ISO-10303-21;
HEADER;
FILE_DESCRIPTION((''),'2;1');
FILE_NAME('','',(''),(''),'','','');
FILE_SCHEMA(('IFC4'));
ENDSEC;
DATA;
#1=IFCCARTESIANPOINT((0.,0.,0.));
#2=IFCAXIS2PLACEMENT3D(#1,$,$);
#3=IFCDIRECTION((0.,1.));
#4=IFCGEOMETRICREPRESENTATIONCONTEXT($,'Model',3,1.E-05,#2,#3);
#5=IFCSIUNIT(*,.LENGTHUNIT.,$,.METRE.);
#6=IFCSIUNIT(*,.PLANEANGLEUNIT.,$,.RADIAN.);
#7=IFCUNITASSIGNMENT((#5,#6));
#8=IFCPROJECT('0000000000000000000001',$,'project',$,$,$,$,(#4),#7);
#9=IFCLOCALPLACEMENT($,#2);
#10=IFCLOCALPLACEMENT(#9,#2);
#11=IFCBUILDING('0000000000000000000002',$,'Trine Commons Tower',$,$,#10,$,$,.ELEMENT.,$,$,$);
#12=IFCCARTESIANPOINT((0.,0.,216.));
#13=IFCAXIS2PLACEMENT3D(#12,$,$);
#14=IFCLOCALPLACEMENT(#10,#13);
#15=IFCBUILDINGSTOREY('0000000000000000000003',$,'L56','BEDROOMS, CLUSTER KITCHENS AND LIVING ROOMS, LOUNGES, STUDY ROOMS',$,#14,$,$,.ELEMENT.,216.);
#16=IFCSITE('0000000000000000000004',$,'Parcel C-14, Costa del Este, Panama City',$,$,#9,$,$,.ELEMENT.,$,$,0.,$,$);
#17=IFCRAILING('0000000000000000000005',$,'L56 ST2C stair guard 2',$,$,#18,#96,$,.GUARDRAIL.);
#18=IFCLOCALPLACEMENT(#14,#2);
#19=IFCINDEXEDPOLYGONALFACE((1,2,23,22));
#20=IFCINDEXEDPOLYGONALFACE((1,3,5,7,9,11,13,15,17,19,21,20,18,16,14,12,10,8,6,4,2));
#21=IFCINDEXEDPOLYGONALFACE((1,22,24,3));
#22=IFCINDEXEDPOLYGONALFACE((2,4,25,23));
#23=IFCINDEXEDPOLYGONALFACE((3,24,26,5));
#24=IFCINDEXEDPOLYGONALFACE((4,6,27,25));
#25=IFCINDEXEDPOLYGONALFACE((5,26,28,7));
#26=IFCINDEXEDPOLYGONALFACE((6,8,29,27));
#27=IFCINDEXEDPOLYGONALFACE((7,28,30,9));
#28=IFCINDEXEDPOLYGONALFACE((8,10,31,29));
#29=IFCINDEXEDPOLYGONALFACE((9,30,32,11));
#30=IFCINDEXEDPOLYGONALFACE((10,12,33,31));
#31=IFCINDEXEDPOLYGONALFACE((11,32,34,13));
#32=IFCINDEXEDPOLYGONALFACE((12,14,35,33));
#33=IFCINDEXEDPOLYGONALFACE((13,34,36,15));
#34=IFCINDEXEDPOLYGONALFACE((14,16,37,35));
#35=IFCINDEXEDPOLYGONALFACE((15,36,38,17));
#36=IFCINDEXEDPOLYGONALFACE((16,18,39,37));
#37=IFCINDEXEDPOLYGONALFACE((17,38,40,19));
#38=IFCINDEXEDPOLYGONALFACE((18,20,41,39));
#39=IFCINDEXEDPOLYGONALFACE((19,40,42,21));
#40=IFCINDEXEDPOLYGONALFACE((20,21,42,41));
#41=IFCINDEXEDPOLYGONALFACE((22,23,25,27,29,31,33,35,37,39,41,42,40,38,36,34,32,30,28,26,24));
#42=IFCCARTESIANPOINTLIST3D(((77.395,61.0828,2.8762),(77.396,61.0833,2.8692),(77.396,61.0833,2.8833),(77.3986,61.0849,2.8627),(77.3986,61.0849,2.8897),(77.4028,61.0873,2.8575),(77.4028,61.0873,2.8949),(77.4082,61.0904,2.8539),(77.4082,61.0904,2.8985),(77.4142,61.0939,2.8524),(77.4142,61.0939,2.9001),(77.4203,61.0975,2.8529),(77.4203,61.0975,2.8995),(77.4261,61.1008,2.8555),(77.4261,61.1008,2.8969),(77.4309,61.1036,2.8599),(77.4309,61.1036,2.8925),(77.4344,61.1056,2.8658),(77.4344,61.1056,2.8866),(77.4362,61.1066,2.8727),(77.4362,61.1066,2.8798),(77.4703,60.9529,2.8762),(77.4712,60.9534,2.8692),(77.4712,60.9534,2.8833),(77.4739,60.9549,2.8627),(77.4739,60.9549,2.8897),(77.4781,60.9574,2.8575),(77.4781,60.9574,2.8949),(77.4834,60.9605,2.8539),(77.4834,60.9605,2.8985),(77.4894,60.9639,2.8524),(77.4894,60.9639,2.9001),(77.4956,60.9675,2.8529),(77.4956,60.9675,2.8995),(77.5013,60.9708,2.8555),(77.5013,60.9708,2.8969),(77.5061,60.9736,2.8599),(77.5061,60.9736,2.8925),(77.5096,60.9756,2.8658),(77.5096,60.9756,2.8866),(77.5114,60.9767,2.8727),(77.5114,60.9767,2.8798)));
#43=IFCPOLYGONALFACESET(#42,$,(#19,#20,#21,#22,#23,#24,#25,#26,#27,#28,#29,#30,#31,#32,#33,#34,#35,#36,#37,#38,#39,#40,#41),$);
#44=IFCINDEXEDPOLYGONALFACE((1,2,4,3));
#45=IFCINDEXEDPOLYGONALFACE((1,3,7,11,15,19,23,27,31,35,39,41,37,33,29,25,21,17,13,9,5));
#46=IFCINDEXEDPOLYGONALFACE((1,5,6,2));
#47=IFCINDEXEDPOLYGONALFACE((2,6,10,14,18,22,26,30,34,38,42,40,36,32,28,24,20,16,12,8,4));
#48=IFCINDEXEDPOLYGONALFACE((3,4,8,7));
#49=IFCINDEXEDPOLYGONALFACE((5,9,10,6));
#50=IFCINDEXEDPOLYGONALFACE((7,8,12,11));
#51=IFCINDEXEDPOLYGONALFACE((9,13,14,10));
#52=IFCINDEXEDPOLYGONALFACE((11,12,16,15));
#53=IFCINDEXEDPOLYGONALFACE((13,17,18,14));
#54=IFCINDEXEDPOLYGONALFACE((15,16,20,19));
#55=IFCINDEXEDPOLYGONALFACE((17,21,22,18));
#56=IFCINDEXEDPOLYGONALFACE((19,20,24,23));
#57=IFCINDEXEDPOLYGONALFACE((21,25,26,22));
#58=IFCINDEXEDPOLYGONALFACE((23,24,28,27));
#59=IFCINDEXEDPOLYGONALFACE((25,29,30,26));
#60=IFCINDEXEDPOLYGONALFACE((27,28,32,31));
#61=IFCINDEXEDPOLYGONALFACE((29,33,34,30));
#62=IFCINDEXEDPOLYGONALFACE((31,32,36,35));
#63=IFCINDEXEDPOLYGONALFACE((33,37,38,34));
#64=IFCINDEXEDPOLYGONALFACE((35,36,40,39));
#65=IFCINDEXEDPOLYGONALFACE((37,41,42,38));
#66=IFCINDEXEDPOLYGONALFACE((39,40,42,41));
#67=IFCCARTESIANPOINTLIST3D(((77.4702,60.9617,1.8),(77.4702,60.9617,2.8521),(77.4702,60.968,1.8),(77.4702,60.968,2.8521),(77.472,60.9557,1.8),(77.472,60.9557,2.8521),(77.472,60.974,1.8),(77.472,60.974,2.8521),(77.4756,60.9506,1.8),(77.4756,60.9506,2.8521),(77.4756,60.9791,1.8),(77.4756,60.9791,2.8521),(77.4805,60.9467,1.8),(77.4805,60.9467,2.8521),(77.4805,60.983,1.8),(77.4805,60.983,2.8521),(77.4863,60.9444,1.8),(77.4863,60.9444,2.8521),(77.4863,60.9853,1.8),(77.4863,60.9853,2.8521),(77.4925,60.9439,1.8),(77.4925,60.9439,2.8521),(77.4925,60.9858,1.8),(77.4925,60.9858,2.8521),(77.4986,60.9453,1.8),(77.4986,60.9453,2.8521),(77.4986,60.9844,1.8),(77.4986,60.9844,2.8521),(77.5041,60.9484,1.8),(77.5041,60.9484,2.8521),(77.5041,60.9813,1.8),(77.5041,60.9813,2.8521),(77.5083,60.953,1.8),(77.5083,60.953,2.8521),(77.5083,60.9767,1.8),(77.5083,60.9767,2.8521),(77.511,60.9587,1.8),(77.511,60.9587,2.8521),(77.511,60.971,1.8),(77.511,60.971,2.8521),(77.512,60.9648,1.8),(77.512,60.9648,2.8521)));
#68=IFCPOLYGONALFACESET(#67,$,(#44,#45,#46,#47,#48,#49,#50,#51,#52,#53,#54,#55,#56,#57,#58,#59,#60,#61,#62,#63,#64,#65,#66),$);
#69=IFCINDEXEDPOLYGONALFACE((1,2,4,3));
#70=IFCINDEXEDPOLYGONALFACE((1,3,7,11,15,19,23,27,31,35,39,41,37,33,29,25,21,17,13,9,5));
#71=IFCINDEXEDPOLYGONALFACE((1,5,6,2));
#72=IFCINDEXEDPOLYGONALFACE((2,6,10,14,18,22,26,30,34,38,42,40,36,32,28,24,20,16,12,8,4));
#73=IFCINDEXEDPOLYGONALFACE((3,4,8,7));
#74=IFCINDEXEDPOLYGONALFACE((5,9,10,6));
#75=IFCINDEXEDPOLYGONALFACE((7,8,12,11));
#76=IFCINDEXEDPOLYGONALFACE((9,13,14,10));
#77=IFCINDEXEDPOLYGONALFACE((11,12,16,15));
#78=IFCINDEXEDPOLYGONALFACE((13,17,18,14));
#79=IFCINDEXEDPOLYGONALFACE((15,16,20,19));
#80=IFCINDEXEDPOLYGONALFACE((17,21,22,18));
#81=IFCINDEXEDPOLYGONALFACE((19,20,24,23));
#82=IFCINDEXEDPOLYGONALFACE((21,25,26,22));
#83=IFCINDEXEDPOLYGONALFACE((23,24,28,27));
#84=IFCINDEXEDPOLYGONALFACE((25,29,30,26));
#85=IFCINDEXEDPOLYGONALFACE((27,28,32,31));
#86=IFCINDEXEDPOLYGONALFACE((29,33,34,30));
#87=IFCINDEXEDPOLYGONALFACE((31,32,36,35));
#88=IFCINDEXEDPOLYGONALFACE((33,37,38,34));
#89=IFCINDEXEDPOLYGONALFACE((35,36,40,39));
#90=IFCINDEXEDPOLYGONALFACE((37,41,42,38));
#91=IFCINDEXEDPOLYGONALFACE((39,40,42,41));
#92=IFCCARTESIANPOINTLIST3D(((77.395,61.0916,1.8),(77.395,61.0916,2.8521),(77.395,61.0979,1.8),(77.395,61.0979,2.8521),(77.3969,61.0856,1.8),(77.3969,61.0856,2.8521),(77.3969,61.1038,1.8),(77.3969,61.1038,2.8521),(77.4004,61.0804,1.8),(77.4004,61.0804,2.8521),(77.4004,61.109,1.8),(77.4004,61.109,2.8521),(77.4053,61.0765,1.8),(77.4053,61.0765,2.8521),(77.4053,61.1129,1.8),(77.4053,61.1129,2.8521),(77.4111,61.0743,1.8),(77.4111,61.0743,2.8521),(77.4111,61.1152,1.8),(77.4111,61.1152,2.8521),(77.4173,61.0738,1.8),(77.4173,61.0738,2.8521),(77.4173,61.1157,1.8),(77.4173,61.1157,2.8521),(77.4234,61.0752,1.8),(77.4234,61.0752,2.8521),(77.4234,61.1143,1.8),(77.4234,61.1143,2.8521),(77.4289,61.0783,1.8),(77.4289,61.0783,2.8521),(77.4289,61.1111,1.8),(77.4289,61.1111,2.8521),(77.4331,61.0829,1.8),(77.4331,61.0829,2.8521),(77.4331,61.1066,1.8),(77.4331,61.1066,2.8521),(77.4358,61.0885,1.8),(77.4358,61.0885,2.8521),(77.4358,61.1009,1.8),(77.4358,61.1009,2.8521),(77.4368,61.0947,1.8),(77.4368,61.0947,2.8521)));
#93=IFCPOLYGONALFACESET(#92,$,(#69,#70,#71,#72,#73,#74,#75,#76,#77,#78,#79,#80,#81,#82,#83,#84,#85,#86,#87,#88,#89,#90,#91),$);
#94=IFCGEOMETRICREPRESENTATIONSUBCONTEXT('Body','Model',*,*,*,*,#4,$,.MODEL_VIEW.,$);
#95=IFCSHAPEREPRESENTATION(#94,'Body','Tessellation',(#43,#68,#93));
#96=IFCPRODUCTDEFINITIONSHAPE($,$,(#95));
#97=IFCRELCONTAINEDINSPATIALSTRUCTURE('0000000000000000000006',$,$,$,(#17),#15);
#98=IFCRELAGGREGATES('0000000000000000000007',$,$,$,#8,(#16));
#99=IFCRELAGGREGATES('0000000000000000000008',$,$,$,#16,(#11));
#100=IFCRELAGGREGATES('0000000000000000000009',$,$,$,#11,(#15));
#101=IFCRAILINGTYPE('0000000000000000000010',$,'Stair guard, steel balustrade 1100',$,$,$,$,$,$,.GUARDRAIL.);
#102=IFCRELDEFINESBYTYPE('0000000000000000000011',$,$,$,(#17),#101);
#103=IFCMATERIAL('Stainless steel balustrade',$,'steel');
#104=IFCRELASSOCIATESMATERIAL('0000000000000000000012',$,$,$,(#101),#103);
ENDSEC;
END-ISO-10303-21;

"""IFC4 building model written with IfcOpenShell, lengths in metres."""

from ifc_helpers import new_model, si_unit, direction, frame, origin, origin_2d, place, context, subcontext, project, spatial, circle, extrude, material, type_object, element, save


model = new_model("IFC4")

# Units and contexts
model_context = context("Model", 3, precision=1e-05, world=origin(), true_north=direction((0.0, 1.0)))
body_context = subcontext(model_context, "Body", "Model", "MODEL_VIEW")
ifc_project = project(units=[si_unit("LENGTHUNIT", "METRE"), si_unit("PLANEANGLEUNIT", "RADIAN")], contexts=[model_context])

# Site, building, storey
site_placement = place(None, origin())
site = spatial("IfcSite", under=ifc_project, at=site_placement, Name="Parcel C-14, Costa del Este, Panama City", CompositionType="ELEMENT", RefElevation=0.0)
building_placement = place(site_placement, origin())
building = spatial("IfcBuilding", under=site, at=building_placement, Name="Trine Commons Tower", CompositionType="ELEMENT")
storey_placement = place(building_placement, frame((0.0, 0.0, 216.0)))
storey = spatial("IfcBuildingStorey", under=building, at=storey_placement, Name="L56", Description="BEDROOMS, CLUSTER KITCHENS AND LIVING ROOMS, LOUNGES, STUDY ROOMS", CompositionType="ELEMENT", Elevation=216.0)

# Railing
ifc_material_1 = material(Name="Stainless steel balustrade", Category="steel")
railing_type_1 = type_object("IfcRailingType", Name="Stair guard, steel balustrade 1100", PredefinedType="GUARDRAIL", material=ifc_material_1)
railing_1_placement = place(storey_placement, frame((77.491, 60.9648, 1.8)))
element("IfcRailing", 1, at=railing_1_placement, inside=storey, type_object=railing_type_1, Name="L56 ST2C stair guard 2", PredefinedType="GUARDRAIL", context=body_context, shape_type="SweptSolid", body=[
    extrude(circle(Radius=0.0239, at=origin_2d()), frame((0.0, 0.0, 1.0762), z_axis=(-0.501036, 0.865426, 0.0), x_axis=(-0.865426, -0.501036, 0.0)), (0.0, 0.0, 1.0), 0.1501),
    extrude(circle(Radius=0.021, at=origin_2d()), origin(), (0.0, 0.0, 1.0), 1.052),
    extrude(circle(Radius=0.021, at=origin_2d()), frame((-0.0752, 0.1299, 0.0)), (0.0, 0.0, 1.0), 1.052),
])

save(model, "model.ifc")
